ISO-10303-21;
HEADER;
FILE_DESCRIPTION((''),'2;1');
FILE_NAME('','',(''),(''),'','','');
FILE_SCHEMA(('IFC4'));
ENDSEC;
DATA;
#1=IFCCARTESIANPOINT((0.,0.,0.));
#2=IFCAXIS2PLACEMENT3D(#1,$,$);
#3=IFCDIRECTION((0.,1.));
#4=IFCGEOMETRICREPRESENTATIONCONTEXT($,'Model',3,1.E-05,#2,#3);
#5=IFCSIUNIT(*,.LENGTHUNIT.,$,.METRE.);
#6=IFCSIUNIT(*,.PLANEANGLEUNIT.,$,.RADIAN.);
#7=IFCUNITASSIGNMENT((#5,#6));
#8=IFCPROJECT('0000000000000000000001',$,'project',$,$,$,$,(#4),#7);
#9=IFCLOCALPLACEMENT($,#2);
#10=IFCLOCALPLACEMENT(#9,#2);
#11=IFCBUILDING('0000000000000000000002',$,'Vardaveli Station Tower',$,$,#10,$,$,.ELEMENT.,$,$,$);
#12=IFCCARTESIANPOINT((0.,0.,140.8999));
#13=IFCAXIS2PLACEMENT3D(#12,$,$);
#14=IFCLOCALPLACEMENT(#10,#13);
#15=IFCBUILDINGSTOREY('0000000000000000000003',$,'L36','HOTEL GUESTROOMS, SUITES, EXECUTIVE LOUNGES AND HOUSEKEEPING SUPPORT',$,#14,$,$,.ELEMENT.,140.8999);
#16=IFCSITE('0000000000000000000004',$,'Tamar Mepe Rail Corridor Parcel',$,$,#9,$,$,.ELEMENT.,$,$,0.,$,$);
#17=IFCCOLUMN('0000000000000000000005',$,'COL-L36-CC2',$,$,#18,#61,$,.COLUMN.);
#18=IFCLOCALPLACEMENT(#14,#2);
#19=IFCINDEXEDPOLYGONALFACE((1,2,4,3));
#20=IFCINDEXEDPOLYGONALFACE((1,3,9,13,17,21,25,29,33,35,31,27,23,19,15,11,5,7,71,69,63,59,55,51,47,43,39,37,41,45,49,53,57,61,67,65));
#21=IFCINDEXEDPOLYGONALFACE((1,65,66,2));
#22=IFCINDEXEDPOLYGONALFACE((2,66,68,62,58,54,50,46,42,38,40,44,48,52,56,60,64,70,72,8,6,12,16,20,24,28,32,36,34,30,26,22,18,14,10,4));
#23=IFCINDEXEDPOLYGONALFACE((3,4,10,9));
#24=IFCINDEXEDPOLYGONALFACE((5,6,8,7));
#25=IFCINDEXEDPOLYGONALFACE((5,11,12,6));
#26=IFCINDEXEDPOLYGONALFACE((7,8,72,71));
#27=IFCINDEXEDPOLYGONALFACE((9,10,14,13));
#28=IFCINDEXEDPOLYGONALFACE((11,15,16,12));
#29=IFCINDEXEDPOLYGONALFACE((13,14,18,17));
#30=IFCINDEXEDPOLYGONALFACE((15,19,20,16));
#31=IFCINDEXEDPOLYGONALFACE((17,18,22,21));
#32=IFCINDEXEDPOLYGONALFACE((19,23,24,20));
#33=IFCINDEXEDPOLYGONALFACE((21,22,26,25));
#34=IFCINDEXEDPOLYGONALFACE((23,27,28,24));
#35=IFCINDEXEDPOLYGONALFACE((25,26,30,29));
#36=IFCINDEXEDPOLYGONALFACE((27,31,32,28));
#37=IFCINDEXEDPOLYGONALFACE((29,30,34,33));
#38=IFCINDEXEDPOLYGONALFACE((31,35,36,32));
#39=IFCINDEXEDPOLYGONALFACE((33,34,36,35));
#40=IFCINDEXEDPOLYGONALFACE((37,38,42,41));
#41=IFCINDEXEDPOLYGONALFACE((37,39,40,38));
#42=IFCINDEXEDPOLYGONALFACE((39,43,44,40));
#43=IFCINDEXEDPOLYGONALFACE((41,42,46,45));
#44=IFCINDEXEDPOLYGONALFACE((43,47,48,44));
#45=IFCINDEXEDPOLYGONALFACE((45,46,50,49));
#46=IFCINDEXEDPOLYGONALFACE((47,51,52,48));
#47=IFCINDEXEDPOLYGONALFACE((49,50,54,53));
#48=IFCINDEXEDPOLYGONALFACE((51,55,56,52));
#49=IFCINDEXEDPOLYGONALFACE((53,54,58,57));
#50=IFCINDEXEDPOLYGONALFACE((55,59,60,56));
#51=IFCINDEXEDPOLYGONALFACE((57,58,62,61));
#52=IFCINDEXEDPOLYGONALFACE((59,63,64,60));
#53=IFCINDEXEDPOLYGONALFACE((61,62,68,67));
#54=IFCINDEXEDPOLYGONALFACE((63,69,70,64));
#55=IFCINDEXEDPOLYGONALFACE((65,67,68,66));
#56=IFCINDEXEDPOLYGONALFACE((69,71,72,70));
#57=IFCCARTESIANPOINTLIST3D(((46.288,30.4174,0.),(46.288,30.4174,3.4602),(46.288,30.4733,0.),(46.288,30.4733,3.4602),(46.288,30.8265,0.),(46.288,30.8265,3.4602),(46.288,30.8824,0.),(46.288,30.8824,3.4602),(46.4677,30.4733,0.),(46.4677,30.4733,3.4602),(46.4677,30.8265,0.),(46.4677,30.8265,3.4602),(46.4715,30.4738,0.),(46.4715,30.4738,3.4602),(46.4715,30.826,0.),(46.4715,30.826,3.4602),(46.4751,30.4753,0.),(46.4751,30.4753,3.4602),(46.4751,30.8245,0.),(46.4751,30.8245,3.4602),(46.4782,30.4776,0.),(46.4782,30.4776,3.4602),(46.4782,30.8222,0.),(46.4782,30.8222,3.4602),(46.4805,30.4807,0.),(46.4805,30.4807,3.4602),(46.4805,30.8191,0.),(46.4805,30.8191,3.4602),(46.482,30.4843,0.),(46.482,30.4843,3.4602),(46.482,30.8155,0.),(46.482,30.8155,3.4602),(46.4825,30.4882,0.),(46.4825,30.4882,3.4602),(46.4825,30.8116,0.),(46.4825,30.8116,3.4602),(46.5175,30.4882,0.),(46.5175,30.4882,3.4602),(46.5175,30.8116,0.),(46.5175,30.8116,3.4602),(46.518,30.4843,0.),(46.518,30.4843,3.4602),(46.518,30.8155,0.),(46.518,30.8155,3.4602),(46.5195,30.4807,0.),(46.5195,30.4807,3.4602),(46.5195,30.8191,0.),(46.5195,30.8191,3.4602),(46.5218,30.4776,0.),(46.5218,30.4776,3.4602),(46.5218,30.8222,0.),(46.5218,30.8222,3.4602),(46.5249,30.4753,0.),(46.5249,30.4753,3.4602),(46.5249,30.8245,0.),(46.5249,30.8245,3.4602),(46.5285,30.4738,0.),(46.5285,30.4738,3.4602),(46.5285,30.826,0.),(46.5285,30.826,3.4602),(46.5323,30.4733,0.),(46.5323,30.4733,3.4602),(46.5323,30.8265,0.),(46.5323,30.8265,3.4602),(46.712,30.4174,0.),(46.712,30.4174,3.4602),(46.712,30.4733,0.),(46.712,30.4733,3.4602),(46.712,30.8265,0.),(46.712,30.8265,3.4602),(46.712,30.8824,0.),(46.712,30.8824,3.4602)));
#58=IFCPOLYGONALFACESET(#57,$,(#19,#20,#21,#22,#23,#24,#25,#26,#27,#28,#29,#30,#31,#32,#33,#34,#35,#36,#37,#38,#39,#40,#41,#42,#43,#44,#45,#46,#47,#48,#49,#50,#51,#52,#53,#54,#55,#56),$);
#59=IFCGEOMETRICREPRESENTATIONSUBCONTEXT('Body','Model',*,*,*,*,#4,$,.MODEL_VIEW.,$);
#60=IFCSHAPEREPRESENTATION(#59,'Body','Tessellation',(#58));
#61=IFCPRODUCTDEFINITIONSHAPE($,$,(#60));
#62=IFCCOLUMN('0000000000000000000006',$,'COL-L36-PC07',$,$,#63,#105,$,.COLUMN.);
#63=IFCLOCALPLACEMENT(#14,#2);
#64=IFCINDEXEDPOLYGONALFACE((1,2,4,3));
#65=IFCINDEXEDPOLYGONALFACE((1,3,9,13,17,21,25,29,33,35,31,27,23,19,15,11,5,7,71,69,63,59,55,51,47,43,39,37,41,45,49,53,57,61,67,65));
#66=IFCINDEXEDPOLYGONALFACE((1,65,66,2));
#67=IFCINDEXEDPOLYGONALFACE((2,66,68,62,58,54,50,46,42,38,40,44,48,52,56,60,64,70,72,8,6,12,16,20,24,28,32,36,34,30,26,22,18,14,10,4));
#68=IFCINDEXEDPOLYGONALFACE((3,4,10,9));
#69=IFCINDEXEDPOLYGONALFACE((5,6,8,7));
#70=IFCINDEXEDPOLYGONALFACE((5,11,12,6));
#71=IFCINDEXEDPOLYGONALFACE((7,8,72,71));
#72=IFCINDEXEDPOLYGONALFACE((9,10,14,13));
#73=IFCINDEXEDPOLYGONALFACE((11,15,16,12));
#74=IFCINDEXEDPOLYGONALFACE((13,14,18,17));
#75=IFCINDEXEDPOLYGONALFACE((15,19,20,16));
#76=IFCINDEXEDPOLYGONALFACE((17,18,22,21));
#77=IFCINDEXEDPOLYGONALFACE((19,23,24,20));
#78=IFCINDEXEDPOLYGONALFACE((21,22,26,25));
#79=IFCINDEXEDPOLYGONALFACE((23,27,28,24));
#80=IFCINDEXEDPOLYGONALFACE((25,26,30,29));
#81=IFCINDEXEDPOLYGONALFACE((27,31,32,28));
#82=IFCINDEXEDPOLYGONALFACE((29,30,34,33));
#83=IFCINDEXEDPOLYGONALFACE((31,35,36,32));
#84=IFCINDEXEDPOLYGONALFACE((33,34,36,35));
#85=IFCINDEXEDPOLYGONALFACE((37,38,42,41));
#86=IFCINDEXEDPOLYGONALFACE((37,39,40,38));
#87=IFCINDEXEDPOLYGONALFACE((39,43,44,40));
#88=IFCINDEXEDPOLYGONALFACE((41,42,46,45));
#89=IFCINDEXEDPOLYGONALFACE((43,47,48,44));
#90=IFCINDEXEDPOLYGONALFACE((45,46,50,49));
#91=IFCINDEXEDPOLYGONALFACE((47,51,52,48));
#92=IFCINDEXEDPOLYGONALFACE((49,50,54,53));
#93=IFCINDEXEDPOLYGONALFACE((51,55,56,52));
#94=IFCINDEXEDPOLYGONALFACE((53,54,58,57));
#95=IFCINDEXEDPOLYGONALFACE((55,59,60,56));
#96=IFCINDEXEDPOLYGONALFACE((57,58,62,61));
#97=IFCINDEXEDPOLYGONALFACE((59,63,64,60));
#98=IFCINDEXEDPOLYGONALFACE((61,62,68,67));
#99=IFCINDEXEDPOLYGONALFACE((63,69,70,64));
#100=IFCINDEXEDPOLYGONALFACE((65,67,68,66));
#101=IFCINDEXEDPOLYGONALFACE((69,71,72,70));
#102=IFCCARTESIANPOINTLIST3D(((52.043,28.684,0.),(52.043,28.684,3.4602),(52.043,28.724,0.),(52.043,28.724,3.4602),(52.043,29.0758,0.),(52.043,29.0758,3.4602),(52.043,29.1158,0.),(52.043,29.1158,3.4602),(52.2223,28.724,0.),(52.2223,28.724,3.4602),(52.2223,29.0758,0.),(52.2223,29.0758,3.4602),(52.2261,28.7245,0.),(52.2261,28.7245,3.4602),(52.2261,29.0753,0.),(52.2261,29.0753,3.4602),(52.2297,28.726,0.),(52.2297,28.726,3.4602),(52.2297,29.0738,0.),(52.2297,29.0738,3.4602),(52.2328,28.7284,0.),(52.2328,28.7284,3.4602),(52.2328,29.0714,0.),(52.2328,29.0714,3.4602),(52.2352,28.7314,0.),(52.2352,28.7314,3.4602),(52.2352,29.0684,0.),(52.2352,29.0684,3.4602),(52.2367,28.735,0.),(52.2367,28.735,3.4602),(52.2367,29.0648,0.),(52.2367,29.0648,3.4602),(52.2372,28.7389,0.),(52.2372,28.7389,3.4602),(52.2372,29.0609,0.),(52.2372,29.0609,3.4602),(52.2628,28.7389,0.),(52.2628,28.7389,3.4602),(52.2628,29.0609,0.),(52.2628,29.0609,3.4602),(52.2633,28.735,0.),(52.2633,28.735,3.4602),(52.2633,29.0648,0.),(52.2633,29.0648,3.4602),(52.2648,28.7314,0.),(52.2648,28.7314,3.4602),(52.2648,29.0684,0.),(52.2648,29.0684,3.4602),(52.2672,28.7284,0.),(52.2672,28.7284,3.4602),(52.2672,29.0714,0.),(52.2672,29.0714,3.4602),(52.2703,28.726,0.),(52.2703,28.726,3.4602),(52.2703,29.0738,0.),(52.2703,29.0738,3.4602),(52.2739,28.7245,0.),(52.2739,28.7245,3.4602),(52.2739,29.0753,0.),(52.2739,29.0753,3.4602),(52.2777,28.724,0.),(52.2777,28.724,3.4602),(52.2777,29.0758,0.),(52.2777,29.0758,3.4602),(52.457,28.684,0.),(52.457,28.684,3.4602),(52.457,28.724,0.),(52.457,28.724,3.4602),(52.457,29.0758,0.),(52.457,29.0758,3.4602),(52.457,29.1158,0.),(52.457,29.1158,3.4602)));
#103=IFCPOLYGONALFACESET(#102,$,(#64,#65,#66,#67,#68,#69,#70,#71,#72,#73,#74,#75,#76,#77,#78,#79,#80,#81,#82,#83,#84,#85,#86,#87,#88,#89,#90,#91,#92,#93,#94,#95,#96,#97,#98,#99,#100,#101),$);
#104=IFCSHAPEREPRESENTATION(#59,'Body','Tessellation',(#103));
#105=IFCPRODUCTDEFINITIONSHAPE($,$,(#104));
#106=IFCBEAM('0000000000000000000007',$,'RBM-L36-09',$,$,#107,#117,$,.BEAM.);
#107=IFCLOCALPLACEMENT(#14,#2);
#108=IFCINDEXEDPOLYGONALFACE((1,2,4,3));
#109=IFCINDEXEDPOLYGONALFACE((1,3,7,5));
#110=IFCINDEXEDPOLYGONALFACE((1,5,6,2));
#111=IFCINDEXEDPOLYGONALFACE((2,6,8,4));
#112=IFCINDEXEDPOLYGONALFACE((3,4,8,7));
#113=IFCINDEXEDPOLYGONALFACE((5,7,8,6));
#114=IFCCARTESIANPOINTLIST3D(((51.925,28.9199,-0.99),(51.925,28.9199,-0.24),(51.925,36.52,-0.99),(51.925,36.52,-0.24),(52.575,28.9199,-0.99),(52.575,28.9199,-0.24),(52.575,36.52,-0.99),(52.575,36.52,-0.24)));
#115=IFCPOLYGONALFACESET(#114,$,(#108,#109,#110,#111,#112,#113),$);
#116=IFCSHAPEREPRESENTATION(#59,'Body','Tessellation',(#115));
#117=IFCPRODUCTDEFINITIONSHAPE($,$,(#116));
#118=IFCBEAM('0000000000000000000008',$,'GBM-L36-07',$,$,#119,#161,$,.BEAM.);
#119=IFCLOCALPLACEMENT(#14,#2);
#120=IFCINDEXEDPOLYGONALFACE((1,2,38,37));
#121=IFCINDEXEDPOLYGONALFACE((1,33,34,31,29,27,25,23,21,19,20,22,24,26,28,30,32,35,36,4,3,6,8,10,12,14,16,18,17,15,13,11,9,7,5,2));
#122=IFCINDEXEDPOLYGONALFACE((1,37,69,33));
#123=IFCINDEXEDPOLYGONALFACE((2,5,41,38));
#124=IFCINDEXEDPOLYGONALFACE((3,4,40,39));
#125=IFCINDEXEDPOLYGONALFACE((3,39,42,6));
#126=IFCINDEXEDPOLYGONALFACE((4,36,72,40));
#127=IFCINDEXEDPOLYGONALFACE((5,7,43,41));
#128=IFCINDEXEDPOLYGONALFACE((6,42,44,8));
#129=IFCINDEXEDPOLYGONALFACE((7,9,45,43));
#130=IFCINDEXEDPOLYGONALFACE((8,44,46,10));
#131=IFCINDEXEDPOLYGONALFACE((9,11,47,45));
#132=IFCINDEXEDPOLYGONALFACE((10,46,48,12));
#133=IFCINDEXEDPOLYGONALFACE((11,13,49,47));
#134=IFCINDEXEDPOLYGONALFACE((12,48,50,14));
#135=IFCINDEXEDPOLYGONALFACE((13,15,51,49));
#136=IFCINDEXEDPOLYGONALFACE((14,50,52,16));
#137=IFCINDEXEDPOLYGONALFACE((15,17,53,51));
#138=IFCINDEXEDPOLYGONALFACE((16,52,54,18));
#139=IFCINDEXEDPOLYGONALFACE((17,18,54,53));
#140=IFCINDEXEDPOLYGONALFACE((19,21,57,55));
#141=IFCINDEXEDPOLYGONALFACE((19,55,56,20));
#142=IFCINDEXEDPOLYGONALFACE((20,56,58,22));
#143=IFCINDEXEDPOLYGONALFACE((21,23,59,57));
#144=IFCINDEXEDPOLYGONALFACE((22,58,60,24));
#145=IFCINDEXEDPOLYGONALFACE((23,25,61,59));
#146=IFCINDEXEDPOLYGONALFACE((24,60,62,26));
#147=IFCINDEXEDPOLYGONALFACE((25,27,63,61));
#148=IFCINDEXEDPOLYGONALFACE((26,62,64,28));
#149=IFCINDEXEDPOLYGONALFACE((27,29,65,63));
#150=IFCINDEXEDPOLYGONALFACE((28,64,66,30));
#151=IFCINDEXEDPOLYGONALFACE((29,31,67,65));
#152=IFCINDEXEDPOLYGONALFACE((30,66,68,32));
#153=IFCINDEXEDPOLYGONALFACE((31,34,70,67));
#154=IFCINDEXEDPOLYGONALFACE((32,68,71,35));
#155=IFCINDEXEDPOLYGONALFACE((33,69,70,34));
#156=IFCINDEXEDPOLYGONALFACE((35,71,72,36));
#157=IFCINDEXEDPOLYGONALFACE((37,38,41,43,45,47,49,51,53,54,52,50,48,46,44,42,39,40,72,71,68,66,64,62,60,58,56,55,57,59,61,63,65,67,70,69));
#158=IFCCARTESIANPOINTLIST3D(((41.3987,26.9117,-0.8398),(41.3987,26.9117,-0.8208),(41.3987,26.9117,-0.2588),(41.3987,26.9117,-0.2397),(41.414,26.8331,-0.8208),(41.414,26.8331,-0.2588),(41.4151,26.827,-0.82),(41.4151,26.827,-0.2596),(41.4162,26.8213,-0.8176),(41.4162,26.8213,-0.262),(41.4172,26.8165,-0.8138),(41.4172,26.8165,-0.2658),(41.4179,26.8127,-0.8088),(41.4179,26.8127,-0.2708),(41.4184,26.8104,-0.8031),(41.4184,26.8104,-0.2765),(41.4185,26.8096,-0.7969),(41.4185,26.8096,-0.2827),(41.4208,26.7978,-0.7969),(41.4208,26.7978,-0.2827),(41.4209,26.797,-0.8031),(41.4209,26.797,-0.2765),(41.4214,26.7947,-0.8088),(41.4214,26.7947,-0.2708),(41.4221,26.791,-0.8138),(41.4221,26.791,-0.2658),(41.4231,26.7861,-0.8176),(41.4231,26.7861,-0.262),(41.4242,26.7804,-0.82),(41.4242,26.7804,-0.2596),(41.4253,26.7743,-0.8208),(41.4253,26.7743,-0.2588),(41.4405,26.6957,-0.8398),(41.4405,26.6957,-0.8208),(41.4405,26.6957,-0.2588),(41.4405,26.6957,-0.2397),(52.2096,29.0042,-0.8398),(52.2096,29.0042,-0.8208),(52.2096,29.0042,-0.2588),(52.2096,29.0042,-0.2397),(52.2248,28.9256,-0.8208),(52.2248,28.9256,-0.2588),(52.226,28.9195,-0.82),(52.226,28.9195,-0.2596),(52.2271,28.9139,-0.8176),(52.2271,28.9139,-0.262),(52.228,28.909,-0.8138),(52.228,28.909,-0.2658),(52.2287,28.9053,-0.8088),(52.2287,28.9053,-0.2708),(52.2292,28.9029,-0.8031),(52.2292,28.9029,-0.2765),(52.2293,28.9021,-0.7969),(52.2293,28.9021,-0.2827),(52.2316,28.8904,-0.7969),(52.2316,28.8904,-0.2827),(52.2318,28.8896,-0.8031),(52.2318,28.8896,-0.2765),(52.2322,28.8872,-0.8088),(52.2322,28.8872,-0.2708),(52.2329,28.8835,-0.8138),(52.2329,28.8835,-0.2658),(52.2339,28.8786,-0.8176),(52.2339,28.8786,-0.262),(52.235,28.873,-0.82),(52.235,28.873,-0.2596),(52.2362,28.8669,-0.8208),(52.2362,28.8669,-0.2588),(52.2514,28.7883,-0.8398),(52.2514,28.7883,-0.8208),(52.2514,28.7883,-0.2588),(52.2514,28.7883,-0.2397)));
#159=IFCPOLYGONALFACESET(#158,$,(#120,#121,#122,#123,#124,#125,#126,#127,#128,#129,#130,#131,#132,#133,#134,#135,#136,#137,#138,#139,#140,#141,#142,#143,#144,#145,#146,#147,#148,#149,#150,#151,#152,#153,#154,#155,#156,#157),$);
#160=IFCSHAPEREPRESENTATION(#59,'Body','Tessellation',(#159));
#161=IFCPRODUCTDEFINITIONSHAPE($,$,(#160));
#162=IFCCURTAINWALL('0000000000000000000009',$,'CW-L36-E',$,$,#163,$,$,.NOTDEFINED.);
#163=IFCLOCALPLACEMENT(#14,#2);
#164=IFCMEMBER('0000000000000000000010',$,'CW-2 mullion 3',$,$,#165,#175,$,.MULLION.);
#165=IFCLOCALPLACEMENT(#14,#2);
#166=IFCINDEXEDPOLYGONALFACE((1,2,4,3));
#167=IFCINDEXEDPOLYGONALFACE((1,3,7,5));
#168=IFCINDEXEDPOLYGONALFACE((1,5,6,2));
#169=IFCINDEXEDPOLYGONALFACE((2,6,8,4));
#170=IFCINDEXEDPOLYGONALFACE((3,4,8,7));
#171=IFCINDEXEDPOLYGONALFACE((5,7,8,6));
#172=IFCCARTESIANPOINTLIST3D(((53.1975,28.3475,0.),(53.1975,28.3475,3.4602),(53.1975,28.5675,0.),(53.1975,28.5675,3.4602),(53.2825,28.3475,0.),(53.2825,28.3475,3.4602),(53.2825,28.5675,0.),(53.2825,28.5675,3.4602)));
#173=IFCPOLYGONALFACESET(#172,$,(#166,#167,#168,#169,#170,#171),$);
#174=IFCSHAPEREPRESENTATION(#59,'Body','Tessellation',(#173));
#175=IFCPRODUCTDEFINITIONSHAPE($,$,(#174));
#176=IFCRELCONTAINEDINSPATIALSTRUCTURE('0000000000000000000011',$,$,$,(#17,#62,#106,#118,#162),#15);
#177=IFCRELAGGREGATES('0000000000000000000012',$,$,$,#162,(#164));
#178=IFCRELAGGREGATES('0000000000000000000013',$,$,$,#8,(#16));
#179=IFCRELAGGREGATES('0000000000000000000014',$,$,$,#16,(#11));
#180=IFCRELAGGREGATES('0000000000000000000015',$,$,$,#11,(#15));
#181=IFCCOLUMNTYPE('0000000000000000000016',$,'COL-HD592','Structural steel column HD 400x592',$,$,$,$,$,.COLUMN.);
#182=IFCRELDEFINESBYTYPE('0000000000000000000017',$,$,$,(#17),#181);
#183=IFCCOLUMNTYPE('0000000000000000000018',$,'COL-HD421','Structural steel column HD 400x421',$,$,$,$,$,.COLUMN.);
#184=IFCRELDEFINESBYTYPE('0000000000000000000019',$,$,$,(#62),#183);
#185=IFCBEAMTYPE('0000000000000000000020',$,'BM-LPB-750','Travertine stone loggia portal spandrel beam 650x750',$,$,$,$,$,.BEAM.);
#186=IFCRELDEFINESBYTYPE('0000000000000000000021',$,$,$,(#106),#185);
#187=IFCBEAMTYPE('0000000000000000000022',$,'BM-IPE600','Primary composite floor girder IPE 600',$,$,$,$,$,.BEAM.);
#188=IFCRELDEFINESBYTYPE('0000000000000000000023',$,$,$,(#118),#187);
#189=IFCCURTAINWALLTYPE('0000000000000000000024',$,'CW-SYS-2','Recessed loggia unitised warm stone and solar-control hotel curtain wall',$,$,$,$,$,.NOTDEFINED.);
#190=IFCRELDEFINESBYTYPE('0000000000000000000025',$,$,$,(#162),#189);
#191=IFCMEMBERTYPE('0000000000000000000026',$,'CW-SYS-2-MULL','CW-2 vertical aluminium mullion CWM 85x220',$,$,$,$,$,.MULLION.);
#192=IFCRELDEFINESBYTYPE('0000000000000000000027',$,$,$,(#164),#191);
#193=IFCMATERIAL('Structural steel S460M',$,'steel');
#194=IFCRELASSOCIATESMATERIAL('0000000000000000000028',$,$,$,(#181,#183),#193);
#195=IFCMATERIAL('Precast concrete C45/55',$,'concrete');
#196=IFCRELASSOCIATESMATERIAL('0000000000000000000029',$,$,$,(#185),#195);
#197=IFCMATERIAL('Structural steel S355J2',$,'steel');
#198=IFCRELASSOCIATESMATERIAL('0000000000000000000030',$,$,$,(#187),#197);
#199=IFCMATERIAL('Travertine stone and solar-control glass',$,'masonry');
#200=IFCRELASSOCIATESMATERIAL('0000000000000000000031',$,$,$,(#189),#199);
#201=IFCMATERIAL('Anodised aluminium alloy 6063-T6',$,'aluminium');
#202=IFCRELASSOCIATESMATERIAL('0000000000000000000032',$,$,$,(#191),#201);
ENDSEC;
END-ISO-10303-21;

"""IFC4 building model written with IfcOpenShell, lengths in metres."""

from ifc_helpers import new_model, si_unit, direction, frame, origin, origin_2d, place, context, subcontext, project, spatial, rectangle, i_section, extrude, source, transform, mapped, material, material_profile, profile_set, type_object, element, aggregate, save


model = new_model("IFC4")

# Units and contexts
model_context = context("Model", 3, precision=1e-05, world=origin(), true_north=direction((0.0, 1.0)))
body_context = subcontext(model_context, "Body", "Model", "MODEL_VIEW")
ifc_project = project(units=[si_unit("LENGTHUNIT", "METRE"), si_unit("PLANEANGLEUNIT", "RADIAN")], contexts=[model_context])

# Site, building, storey
site_placement = place(None, origin())
site = spatial("IfcSite", under=ifc_project, at=site_placement, Name="Tamar Mepe Rail Corridor Parcel", CompositionType="ELEMENT", RefElevation=0.0)
building_placement = place(site_placement, origin())
building = spatial("IfcBuilding", under=site, at=building_placement, Name="Vardaveli Station Tower", CompositionType="ELEMENT")
storey_placement = place(building_placement, frame((0.0, 0.0, 140.8999)))
storey = spatial("IfcBuildingStorey", under=building, at=storey_placement, Name="L36", Description="HOTEL GUESTROOMS, SUITES, EXECUTIVE LOUNGES AND HOUSEKEEPING SUPPORT", CompositionType="ELEMENT", Elevation=140.8999)

# Columns
ifc_material_1 = material(Name="Structural steel S460M", Category="steel")
ifc_material_profile_1 = material_profile(ifc_material_1, i_section(OverallWidth=0.4241, OverallDepth=0.4651, WebThickness=0.0349, FlangeThickness=0.0559, FilletRadius=0.0149, at=origin_2d()), Name="HD 400x592")
ifc_profile_set_1 = profile_set([ifc_material_profile_1], Name="Structural steel S460M")
column_type_1 = type_object("IfcColumnType", Name="COL-HD592", Description="Structural steel column HD 400x592", PredefinedType="COLUMN", material=ifc_profile_set_1)
shared_shape_1 = source(origin(), body_context, "Body", "SweptSolid", [
    extrude(i_section(OverallWidth=0.4241, OverallDepth=0.4651, WebThickness=0.0349, FlangeThickness=0.0559, FilletRadius=0.0149, at=origin_2d()), origin(), (0.0, 0.0, 1.0), 3.4602),
])
column_1_placement = place(storey_placement, frame((46.5, 30.6499, 0.0), z_axis=(0.0, 0.0, 1.0), x_axis=(1.0, 0.0, 0.0)))
element("IfcColumn", 1, at=column_1_placement, inside=storey, type_object=column_type_1, Name="COL-L36-CC2", PredefinedType="COLUMN", context=body_context, shape_type="MappedRepresentation", body=[
    mapped(shared_shape_1, transform((0.0, 0.0, 0.0), scale=1.0)),
])
ifc_material_profile_2 = material_profile(ifc_material_1, i_section(OverallWidth=0.4141, OverallDepth=0.4319, WebThickness=0.0256, FlangeThickness=0.04, FilletRadius=0.0149, at=origin_2d()), Name="HD 400x421")
ifc_profile_set_2 = profile_set([ifc_material_profile_2], Name="Structural steel S460M")
column_type_2 = type_object("IfcColumnType", Name="COL-HD421", Description="Structural steel column HD 400x421", PredefinedType="COLUMN", material=ifc_profile_set_2)
shared_shape_2 = source(origin(), body_context, "Body", "SweptSolid", [
    extrude(i_section(OverallWidth=0.4141, OverallDepth=0.4319, WebThickness=0.0256, FlangeThickness=0.04, FilletRadius=0.0149, at=origin_2d()), origin(), (0.0, 0.0, 1.0), 3.4602),
])
column_2_placement = place(storey_placement, frame((52.25, 28.8999, 0.0), z_axis=(0.0, 0.0, 1.0), x_axis=(1.0, 0.0, 0.0)))
element("IfcColumn", 2, at=column_2_placement, inside=storey, type_object=column_type_2, Name="COL-L36-PC07", PredefinedType="COLUMN", context=body_context, shape_type="MappedRepresentation", body=[
    mapped(shared_shape_2, transform((0.0, 0.0, 0.0), scale=1.0)),
])

# Beams
ifc_material_2 = material(Name="Precast concrete C45/55", Category="concrete")
ifc_material_profile_3 = material_profile(ifc_material_2, rectangle(XDim=0.6499, YDim=0.75, at=origin_2d()), Name="LPB 650x750")
ifc_profile_set_3 = profile_set([ifc_material_profile_3], Name="Precast concrete C45/55")
beam_type_1 = type_object("IfcBeamType", Name="BM-LPB-750", Description="Travertine stone loggia portal spandrel beam 650x750", PredefinedType="BEAM", material=ifc_profile_set_3)
shared_shape_3 = source(origin(), body_context, "Body", "SweptSolid", [
    extrude(rectangle(XDim=0.6499, YDim=0.75, at=origin_2d()), origin(), (0.0, 0.0, 1.0), 7.6001),
])
beam_1_placement = place(storey_placement, frame((52.25, 28.9199, -0.615), z_axis=(0.0, 1.0, 0.0), x_axis=(-1.0, 0.0, 0.0)))
element("IfcBeam", 3, at=beam_1_placement, inside=storey, type_object=beam_type_1, Name="RBM-L36-09", PredefinedType="BEAM", context=body_context, shape_type="MappedRepresentation", body=[
    mapped(shared_shape_3, transform((0.0, 0.0, 0.0), scale=1.0)),
])
ifc_material_3 = material(Name="Structural steel S355J2", Category="steel")
ifc_material_profile_4 = material_profile(ifc_material_3, i_section(OverallWidth=0.22, OverallDepth=0.6001, WebThickness=0.012, FlangeThickness=0.019, FilletRadius=0.0239, at=origin_2d()), Name="IPE 600")
ifc_profile_set_4 = profile_set([ifc_material_profile_4], Name="Structural steel S355J2")
beam_type_2 = type_object("IfcBeamType", Name="BM-IPE600", Description="Primary composite floor girder IPE 600", PredefinedType="BEAM", material=ifc_profile_set_4)
shared_shape_4 = source(origin(), body_context, "Body", "SweptSolid", [
    extrude(i_section(OverallWidth=0.22, OverallDepth=0.6001, WebThickness=0.012, FlangeThickness=0.019, FilletRadius=0.0239, at=origin_2d()), origin(), (0.0, 0.0, 1.0), 11.0115),
])
beam_2_placement = place(storey_placement, frame((52.2305, 28.8962, -0.5398), z_axis=(-0.981778, -0.190032, 0.0), x_axis=(0.190032, -0.981778, 0.0)))
element("IfcBeam", 4, at=beam_2_placement, inside=storey, type_object=beam_type_2, Name="GBM-L36-07", PredefinedType="BEAM", context=body_context, shape_type="MappedRepresentation", body=[
    mapped(shared_shape_4, transform((0.0, 0.0, 0.0), scale=1.0)),
])

# Curtain wall, member
ifc_material_4 = material(Name="Travertine stone and solar-control glass", Category="masonry")
curtain_wall_type = type_object("IfcCurtainWallType", Name="CW-SYS-2", Description="Recessed loggia unitised warm stone and solar-control hotel curtain wall", PredefinedType="NOTDEFINED", material=ifc_material_4)
curtain_wall_placement = place(storey_placement, origin())
curtain_wall = element("IfcCurtainWall", 5, at=curtain_wall_placement, inside=storey, type_object=curtain_wall_type, Name="CW-L36-E", PredefinedType="NOTDEFINED")
ifc_material_5 = material(Name="Anodised aluminium alloy 6063-T6", Category="aluminium")
ifc_material_profile_5 = material_profile(ifc_material_5, rectangle(XDim=0.085, YDim=0.22, at=origin_2d()), Name="CWM 85x220")
ifc_profile_set_5 = profile_set([ifc_material_profile_5], Name="Anodised aluminium alloy 6063-T6")
member_type = type_object("IfcMemberType", Name="CW-SYS-2-MULL", Description="CW-2 vertical aluminium mullion CWM 85x220", PredefinedType="MULLION", material=ifc_profile_set_5)
shared_shape_5 = source(origin(), body_context, "Body", "SweptSolid", [
    extrude(rectangle(XDim=0.085, YDim=0.22, at=origin_2d()), origin(), (0.0, 0.0, 1.0), 3.4602),
])
member_placement = place(storey_placement, frame((53.24, 28.4575, 0.0), z_axis=(0.0, 0.0, 1.0), x_axis=(-1.0, 0.0, 0.0)))
member = element("IfcMember", 6, at=member_placement, type_object=member_type, Name="CW-2 mullion 3", PredefinedType="MULLION", context=body_context, shape_type="MappedRepresentation", body=[
    mapped(shared_shape_5, transform((0.0, 0.0, 0.0), scale=1.0)),
])
aggregate(curtain_wall, [member])

save(model, "model.ifc")
